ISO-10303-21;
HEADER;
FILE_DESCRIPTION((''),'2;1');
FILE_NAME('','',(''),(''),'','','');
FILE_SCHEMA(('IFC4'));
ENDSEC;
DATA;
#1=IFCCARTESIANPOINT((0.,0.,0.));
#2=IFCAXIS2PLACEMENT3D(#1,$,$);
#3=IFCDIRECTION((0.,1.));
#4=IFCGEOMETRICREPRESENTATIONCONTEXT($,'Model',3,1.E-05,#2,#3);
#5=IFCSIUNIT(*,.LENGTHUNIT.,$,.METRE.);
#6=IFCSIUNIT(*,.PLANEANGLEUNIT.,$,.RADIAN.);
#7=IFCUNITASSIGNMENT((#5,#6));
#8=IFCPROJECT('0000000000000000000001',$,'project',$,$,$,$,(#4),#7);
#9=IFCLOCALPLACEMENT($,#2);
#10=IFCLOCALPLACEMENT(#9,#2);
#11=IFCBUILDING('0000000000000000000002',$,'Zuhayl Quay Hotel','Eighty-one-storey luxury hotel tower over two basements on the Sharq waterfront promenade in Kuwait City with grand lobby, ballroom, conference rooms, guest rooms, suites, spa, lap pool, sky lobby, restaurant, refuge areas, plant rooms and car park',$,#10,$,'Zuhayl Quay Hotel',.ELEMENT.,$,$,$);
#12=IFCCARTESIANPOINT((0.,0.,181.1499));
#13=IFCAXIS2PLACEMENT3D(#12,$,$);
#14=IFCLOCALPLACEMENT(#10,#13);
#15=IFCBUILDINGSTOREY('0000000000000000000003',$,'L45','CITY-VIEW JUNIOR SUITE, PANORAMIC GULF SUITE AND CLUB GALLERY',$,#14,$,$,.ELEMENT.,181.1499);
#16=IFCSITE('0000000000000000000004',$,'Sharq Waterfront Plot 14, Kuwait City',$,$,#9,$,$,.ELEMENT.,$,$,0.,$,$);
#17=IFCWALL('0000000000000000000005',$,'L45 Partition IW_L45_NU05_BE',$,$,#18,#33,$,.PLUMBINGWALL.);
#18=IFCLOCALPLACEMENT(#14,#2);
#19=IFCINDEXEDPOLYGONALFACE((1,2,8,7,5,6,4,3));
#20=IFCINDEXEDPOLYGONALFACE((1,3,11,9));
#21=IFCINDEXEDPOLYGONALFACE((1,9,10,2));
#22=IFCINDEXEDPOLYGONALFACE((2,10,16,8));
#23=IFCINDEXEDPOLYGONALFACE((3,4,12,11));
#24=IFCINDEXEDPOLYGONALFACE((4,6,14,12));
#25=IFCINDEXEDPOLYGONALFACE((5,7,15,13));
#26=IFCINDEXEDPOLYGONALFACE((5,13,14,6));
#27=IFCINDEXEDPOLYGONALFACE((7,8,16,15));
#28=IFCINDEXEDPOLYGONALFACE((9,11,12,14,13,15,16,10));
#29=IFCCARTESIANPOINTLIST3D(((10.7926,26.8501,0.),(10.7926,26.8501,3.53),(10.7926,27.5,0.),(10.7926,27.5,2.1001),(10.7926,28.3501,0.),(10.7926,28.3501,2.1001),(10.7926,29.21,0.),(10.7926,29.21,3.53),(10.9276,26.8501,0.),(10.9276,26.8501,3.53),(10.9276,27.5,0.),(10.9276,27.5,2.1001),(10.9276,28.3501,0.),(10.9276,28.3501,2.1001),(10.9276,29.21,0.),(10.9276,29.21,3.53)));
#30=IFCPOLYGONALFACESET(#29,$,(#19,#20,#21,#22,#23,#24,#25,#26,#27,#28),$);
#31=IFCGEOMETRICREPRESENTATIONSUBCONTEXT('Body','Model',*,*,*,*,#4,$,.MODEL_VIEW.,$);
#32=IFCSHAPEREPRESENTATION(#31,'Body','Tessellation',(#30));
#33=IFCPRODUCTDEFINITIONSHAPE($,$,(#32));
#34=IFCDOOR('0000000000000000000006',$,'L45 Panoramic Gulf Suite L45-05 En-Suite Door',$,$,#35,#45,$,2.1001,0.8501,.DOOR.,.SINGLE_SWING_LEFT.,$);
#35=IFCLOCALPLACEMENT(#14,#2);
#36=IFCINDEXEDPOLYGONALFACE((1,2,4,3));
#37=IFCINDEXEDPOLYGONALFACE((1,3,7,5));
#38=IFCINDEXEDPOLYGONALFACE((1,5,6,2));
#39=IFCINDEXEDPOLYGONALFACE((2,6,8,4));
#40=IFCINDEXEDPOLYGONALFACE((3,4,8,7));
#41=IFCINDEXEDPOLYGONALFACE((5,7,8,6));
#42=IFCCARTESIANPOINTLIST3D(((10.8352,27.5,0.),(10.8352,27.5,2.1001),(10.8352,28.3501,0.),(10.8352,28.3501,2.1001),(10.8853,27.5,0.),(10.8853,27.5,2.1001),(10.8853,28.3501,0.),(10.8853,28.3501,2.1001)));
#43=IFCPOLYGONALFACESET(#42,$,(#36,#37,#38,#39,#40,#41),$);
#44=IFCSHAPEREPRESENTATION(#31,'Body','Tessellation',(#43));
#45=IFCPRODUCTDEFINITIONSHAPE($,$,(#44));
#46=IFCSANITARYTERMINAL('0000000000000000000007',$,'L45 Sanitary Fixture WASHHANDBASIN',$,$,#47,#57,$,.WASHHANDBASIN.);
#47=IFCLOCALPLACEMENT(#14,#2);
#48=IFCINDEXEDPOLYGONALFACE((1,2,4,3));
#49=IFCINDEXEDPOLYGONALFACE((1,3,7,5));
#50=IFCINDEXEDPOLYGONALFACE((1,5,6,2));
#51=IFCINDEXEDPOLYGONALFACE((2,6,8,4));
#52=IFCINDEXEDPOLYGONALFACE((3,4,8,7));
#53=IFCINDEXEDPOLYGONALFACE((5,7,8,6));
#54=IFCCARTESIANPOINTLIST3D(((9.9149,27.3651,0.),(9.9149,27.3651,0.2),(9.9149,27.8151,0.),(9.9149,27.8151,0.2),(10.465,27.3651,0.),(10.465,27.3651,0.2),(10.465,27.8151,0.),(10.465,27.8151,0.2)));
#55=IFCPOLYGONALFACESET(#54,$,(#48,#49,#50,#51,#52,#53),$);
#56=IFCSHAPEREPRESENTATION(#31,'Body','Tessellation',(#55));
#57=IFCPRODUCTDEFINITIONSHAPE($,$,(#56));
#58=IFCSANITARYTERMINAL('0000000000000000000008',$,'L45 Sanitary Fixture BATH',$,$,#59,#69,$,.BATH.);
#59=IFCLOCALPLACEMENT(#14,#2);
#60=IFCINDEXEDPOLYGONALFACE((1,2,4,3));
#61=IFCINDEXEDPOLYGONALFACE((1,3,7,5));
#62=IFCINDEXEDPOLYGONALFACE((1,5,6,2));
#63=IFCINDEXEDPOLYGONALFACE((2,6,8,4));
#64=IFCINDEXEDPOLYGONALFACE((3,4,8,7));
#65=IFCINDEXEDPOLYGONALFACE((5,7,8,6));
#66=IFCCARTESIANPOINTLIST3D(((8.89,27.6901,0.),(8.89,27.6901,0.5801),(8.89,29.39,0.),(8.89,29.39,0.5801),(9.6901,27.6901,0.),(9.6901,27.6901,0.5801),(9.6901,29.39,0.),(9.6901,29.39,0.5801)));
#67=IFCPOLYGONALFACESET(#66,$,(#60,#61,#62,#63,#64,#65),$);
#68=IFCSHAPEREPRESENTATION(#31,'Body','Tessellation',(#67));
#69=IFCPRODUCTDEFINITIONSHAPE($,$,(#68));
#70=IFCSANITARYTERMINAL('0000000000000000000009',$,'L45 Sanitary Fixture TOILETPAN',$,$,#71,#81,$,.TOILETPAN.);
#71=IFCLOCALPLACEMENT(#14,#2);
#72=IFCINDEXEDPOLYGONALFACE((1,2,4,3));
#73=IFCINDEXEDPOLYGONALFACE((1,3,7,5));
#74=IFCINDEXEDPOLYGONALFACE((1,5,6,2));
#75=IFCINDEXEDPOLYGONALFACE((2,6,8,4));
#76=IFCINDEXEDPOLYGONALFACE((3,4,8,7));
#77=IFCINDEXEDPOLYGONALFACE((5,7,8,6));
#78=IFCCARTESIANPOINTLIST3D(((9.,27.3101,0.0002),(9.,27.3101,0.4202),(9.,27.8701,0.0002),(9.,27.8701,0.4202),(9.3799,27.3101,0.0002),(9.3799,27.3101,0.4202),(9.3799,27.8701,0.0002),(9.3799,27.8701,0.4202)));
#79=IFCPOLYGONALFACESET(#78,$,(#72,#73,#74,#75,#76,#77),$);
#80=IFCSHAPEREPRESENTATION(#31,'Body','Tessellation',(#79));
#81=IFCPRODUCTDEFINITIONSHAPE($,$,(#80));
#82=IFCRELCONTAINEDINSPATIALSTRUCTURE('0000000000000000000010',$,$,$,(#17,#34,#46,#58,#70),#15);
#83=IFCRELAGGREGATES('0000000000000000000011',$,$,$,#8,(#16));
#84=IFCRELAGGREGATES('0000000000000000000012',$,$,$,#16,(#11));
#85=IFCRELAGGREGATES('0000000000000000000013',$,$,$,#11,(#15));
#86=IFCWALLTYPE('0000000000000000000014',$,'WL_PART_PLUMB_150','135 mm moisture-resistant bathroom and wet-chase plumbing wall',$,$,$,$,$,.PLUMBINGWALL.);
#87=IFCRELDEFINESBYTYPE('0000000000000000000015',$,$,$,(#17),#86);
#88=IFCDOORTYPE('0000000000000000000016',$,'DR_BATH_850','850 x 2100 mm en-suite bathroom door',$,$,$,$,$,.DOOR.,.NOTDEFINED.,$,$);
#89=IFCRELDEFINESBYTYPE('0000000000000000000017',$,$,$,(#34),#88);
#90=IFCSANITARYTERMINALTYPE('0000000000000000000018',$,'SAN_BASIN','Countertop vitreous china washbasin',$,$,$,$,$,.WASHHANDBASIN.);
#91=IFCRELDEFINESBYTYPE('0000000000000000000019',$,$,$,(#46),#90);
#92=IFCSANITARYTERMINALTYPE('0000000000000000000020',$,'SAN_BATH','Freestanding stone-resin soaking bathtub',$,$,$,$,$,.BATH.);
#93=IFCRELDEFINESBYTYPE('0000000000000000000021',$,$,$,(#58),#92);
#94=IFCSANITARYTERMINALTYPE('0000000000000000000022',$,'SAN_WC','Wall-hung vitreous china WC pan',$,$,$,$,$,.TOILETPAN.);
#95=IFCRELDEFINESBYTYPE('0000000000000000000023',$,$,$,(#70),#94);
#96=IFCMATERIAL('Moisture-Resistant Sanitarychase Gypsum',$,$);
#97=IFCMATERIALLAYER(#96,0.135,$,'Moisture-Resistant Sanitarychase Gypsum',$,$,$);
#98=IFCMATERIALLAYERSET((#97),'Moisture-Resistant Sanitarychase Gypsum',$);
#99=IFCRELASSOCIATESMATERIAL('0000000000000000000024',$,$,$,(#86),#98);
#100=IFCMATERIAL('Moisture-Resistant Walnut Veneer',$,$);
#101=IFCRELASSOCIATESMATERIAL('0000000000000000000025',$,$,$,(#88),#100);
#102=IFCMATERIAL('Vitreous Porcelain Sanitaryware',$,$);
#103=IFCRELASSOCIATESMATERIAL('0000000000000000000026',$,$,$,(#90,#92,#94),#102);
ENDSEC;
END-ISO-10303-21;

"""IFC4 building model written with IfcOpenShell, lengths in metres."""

from ifc_helpers import new_model, si_unit, direction, frame, frame_2d, origin, origin_2d, place, context, subcontext, project, spatial, rectangle, extrude, material, layer, layer_set, type_object, element, fill, save


model = new_model("IFC4")

# Units and contexts
model_context = context("Model", 3, precision=1e-05, world=origin(), true_north=direction((0.0, 1.0)))
body_context = subcontext(model_context, "Body", "Model", "MODEL_VIEW")
ifc_project = project(units=[si_unit("LENGTHUNIT", "METRE"), si_unit("PLANEANGLEUNIT", "RADIAN")], contexts=[model_context])

# Site, building, storey
site_placement = place(None, origin())
site = spatial("IfcSite", under=ifc_project, at=site_placement, Name="Sharq Waterfront Plot 14, Kuwait City", CompositionType="ELEMENT", RefElevation=0.0)
building_placement = place(site_placement, origin())
building = spatial("IfcBuilding", under=site, at=building_placement, Name="Zuhayl Quay Hotel", Description="Eighty-one-storey luxury hotel tower over two basements on the Sharq waterfront promenade in Kuwait City with grand lobby, ballroom, conference rooms, guest rooms, suites, spa, lap pool, sky lobby, restaurant, refuge areas, plant rooms and car park", LongName="Zuhayl Quay Hotel", CompositionType="ELEMENT")
storey_placement = place(building_placement, frame((0.0, 0.0, 181.1499)))
storey = spatial("IfcBuildingStorey", under=building, at=storey_placement, Name="L45", Description="CITY-VIEW JUNIOR SUITE, PANORAMIC GULF SUITE AND CLUB GALLERY", CompositionType="ELEMENT", Elevation=181.1499)

# Wall, opening, door
ifc_material_1 = material(Name="Moisture-Resistant Sanitarychase Gypsum")
ifc_layer_1 = layer(ifc_material_1, 0.135, Name="Moisture-Resistant Sanitarychase Gypsum")
ifc_layer_set_1 = layer_set([ifc_layer_1], Name="Moisture-Resistant Sanitarychase Gypsum")
wall_type_1 = type_object("IfcWallType", Name="WL_PART_PLUMB_150", Description="135 mm moisture-resistant bathroom and wet-chase plumbing wall", PredefinedType="PLUMBINGWALL", material=ifc_layer_set_1)
wall_1_placement = place(storey_placement, frame((10.8601, 26.8501, 0.0), z_axis=(0.0, 0.0, 1.0), x_axis=(0.0, 1.0, 0.0)))
wall_1 = element("IfcWall", 1, at=wall_1_placement, inside=storey, type_object=wall_type_1, Name="L45 Partition IW_L45_NU05_BE", PredefinedType="PLUMBINGWALL", context=body_context, shape_type="SweptSolid", body=[
    extrude(rectangle(XDim=2.3599, YDim=0.135, at=frame_2d((1.1799, 0.0))), origin(), (0.0, 0.0, 1.0), 3.53),
])
opening_1_placement = place(wall_1_placement, frame((0.6499, 0.0, 0.0)))
opening_1 = element("IfcOpeningElement", 2, at=opening_1_placement, cuts=wall_1, PredefinedType="OPENING", context=body_context, shape_type="SweptSolid", body=[
    extrude(rectangle(XDim=0.8501, YDim=2.1001, at=frame_2d((0.425, 1.05))), frame((0.0, 0.0774, 0.0), z_axis=(0.0, -1.0, 0.0), x_axis=(1.0, 0.0, 0.0)), (0.0, 0.0, 1.0), 0.155),
])
ifc_material_2 = material(Name="Moisture-Resistant Walnut Veneer")
door_type = type_object("IfcDoorType", Name="DR_BATH_850", Description="850 x 2100 mm en-suite bathroom door", OperationType="NOTDEFINED", PredefinedType="DOOR", material=ifc_material_2)
door_placement = place(opening_1_placement, origin())
door = element("IfcDoor", 3, at=door_placement, inside=storey, type_object=door_type, Name="L45 Panoramic Gulf Suite L45-05 En-Suite Door", OperationType="SINGLE_SWING_LEFT", OverallHeight=2.1001, OverallWidth=0.8501, PredefinedType="DOOR", context=body_context, shape_type="SweptSolid", body=[
    extrude(rectangle(XDim=0.8501, YDim=2.1001, at=frame_2d((0.425, 1.05))), frame((0.0, 0.0249, 0.0), z_axis=(0.0, -1.0, 0.0), x_axis=(1.0, 0.0, 0.0)), (0.0, 0.0, 1.0), 0.05),
])
fill(opening_1, door)

# Sanitary terminals
ifc_material_3 = material(Name="Vitreous Porcelain Sanitaryware")
sanitary_terminal_type_1 = type_object("IfcSanitaryTerminalType", Name="SAN_BASIN", Description="Countertop vitreous china washbasin", PredefinedType="WASHHANDBASIN", material=ifc_material_3)
sanitary_terminal_1_placement = place(storey_placement, frame((10.1899, 27.5901, 0.0), z_axis=(0.0, 0.0, 1.0), x_axis=(1.0, 0.0, 0.0)))
element("IfcSanitaryTerminal", 4, at=sanitary_terminal_1_placement, inside=storey, type_object=sanitary_terminal_type_1, Name="L45 Sanitary Fixture WASHHANDBASIN", PredefinedType="WASHHANDBASIN", context=body_context, shape_type="SweptSolid", body=[
    extrude(rectangle(XDim=0.55, YDim=0.45, at=origin_2d()), origin(), (0.0, 0.0, 1.0), 0.2),
])
sanitary_terminal_type_2 = type_object("IfcSanitaryTerminalType", Name="SAN_BATH", Description="Freestanding stone-resin soaking bathtub", PredefinedType="BATH", material=ifc_material_3)
sanitary_terminal_2_placement = place(storey_placement, frame((9.29, 28.54, 0.0), z_axis=(0.0, 0.0, 1.0), x_axis=(1.0, 0.0, 0.0)))
element("IfcSanitaryTerminal", 5, at=sanitary_terminal_2_placement, inside=storey, type_object=sanitary_terminal_type_2, Name="L45 Sanitary Fixture BATH", PredefinedType="BATH", context=body_context, shape_type="SweptSolid", body=[
    extrude(rectangle(XDim=0.8, YDim=1.7, at=origin_2d()), origin(), (0.0, 0.0, 1.0), 0.5801),
])
sanitary_terminal_type_3 = type_object("IfcSanitaryTerminalType", Name="SAN_WC", Description="Wall-hung vitreous china WC pan", PredefinedType="TOILETPAN", material=ifc_material_3)
sanitary_terminal_3_placement = place(storey_placement, frame((9.1899, 27.5901, 0.0002), z_axis=(0.0, 0.0, 1.0), x_axis=(1.0, 0.0, 0.0)))
element("IfcSanitaryTerminal", 6, at=sanitary_terminal_3_placement, inside=storey, type_object=sanitary_terminal_type_3, Name="L45 Sanitary Fixture TOILETPAN", PredefinedType="TOILETPAN", context=body_context, shape_type="SweptSolid", body=[
    extrude(rectangle(XDim=0.3799, YDim=0.5601, at=origin_2d()), origin(), (0.0, 0.0, 1.0), 0.4199),
])

save(model, "model.ifc")
